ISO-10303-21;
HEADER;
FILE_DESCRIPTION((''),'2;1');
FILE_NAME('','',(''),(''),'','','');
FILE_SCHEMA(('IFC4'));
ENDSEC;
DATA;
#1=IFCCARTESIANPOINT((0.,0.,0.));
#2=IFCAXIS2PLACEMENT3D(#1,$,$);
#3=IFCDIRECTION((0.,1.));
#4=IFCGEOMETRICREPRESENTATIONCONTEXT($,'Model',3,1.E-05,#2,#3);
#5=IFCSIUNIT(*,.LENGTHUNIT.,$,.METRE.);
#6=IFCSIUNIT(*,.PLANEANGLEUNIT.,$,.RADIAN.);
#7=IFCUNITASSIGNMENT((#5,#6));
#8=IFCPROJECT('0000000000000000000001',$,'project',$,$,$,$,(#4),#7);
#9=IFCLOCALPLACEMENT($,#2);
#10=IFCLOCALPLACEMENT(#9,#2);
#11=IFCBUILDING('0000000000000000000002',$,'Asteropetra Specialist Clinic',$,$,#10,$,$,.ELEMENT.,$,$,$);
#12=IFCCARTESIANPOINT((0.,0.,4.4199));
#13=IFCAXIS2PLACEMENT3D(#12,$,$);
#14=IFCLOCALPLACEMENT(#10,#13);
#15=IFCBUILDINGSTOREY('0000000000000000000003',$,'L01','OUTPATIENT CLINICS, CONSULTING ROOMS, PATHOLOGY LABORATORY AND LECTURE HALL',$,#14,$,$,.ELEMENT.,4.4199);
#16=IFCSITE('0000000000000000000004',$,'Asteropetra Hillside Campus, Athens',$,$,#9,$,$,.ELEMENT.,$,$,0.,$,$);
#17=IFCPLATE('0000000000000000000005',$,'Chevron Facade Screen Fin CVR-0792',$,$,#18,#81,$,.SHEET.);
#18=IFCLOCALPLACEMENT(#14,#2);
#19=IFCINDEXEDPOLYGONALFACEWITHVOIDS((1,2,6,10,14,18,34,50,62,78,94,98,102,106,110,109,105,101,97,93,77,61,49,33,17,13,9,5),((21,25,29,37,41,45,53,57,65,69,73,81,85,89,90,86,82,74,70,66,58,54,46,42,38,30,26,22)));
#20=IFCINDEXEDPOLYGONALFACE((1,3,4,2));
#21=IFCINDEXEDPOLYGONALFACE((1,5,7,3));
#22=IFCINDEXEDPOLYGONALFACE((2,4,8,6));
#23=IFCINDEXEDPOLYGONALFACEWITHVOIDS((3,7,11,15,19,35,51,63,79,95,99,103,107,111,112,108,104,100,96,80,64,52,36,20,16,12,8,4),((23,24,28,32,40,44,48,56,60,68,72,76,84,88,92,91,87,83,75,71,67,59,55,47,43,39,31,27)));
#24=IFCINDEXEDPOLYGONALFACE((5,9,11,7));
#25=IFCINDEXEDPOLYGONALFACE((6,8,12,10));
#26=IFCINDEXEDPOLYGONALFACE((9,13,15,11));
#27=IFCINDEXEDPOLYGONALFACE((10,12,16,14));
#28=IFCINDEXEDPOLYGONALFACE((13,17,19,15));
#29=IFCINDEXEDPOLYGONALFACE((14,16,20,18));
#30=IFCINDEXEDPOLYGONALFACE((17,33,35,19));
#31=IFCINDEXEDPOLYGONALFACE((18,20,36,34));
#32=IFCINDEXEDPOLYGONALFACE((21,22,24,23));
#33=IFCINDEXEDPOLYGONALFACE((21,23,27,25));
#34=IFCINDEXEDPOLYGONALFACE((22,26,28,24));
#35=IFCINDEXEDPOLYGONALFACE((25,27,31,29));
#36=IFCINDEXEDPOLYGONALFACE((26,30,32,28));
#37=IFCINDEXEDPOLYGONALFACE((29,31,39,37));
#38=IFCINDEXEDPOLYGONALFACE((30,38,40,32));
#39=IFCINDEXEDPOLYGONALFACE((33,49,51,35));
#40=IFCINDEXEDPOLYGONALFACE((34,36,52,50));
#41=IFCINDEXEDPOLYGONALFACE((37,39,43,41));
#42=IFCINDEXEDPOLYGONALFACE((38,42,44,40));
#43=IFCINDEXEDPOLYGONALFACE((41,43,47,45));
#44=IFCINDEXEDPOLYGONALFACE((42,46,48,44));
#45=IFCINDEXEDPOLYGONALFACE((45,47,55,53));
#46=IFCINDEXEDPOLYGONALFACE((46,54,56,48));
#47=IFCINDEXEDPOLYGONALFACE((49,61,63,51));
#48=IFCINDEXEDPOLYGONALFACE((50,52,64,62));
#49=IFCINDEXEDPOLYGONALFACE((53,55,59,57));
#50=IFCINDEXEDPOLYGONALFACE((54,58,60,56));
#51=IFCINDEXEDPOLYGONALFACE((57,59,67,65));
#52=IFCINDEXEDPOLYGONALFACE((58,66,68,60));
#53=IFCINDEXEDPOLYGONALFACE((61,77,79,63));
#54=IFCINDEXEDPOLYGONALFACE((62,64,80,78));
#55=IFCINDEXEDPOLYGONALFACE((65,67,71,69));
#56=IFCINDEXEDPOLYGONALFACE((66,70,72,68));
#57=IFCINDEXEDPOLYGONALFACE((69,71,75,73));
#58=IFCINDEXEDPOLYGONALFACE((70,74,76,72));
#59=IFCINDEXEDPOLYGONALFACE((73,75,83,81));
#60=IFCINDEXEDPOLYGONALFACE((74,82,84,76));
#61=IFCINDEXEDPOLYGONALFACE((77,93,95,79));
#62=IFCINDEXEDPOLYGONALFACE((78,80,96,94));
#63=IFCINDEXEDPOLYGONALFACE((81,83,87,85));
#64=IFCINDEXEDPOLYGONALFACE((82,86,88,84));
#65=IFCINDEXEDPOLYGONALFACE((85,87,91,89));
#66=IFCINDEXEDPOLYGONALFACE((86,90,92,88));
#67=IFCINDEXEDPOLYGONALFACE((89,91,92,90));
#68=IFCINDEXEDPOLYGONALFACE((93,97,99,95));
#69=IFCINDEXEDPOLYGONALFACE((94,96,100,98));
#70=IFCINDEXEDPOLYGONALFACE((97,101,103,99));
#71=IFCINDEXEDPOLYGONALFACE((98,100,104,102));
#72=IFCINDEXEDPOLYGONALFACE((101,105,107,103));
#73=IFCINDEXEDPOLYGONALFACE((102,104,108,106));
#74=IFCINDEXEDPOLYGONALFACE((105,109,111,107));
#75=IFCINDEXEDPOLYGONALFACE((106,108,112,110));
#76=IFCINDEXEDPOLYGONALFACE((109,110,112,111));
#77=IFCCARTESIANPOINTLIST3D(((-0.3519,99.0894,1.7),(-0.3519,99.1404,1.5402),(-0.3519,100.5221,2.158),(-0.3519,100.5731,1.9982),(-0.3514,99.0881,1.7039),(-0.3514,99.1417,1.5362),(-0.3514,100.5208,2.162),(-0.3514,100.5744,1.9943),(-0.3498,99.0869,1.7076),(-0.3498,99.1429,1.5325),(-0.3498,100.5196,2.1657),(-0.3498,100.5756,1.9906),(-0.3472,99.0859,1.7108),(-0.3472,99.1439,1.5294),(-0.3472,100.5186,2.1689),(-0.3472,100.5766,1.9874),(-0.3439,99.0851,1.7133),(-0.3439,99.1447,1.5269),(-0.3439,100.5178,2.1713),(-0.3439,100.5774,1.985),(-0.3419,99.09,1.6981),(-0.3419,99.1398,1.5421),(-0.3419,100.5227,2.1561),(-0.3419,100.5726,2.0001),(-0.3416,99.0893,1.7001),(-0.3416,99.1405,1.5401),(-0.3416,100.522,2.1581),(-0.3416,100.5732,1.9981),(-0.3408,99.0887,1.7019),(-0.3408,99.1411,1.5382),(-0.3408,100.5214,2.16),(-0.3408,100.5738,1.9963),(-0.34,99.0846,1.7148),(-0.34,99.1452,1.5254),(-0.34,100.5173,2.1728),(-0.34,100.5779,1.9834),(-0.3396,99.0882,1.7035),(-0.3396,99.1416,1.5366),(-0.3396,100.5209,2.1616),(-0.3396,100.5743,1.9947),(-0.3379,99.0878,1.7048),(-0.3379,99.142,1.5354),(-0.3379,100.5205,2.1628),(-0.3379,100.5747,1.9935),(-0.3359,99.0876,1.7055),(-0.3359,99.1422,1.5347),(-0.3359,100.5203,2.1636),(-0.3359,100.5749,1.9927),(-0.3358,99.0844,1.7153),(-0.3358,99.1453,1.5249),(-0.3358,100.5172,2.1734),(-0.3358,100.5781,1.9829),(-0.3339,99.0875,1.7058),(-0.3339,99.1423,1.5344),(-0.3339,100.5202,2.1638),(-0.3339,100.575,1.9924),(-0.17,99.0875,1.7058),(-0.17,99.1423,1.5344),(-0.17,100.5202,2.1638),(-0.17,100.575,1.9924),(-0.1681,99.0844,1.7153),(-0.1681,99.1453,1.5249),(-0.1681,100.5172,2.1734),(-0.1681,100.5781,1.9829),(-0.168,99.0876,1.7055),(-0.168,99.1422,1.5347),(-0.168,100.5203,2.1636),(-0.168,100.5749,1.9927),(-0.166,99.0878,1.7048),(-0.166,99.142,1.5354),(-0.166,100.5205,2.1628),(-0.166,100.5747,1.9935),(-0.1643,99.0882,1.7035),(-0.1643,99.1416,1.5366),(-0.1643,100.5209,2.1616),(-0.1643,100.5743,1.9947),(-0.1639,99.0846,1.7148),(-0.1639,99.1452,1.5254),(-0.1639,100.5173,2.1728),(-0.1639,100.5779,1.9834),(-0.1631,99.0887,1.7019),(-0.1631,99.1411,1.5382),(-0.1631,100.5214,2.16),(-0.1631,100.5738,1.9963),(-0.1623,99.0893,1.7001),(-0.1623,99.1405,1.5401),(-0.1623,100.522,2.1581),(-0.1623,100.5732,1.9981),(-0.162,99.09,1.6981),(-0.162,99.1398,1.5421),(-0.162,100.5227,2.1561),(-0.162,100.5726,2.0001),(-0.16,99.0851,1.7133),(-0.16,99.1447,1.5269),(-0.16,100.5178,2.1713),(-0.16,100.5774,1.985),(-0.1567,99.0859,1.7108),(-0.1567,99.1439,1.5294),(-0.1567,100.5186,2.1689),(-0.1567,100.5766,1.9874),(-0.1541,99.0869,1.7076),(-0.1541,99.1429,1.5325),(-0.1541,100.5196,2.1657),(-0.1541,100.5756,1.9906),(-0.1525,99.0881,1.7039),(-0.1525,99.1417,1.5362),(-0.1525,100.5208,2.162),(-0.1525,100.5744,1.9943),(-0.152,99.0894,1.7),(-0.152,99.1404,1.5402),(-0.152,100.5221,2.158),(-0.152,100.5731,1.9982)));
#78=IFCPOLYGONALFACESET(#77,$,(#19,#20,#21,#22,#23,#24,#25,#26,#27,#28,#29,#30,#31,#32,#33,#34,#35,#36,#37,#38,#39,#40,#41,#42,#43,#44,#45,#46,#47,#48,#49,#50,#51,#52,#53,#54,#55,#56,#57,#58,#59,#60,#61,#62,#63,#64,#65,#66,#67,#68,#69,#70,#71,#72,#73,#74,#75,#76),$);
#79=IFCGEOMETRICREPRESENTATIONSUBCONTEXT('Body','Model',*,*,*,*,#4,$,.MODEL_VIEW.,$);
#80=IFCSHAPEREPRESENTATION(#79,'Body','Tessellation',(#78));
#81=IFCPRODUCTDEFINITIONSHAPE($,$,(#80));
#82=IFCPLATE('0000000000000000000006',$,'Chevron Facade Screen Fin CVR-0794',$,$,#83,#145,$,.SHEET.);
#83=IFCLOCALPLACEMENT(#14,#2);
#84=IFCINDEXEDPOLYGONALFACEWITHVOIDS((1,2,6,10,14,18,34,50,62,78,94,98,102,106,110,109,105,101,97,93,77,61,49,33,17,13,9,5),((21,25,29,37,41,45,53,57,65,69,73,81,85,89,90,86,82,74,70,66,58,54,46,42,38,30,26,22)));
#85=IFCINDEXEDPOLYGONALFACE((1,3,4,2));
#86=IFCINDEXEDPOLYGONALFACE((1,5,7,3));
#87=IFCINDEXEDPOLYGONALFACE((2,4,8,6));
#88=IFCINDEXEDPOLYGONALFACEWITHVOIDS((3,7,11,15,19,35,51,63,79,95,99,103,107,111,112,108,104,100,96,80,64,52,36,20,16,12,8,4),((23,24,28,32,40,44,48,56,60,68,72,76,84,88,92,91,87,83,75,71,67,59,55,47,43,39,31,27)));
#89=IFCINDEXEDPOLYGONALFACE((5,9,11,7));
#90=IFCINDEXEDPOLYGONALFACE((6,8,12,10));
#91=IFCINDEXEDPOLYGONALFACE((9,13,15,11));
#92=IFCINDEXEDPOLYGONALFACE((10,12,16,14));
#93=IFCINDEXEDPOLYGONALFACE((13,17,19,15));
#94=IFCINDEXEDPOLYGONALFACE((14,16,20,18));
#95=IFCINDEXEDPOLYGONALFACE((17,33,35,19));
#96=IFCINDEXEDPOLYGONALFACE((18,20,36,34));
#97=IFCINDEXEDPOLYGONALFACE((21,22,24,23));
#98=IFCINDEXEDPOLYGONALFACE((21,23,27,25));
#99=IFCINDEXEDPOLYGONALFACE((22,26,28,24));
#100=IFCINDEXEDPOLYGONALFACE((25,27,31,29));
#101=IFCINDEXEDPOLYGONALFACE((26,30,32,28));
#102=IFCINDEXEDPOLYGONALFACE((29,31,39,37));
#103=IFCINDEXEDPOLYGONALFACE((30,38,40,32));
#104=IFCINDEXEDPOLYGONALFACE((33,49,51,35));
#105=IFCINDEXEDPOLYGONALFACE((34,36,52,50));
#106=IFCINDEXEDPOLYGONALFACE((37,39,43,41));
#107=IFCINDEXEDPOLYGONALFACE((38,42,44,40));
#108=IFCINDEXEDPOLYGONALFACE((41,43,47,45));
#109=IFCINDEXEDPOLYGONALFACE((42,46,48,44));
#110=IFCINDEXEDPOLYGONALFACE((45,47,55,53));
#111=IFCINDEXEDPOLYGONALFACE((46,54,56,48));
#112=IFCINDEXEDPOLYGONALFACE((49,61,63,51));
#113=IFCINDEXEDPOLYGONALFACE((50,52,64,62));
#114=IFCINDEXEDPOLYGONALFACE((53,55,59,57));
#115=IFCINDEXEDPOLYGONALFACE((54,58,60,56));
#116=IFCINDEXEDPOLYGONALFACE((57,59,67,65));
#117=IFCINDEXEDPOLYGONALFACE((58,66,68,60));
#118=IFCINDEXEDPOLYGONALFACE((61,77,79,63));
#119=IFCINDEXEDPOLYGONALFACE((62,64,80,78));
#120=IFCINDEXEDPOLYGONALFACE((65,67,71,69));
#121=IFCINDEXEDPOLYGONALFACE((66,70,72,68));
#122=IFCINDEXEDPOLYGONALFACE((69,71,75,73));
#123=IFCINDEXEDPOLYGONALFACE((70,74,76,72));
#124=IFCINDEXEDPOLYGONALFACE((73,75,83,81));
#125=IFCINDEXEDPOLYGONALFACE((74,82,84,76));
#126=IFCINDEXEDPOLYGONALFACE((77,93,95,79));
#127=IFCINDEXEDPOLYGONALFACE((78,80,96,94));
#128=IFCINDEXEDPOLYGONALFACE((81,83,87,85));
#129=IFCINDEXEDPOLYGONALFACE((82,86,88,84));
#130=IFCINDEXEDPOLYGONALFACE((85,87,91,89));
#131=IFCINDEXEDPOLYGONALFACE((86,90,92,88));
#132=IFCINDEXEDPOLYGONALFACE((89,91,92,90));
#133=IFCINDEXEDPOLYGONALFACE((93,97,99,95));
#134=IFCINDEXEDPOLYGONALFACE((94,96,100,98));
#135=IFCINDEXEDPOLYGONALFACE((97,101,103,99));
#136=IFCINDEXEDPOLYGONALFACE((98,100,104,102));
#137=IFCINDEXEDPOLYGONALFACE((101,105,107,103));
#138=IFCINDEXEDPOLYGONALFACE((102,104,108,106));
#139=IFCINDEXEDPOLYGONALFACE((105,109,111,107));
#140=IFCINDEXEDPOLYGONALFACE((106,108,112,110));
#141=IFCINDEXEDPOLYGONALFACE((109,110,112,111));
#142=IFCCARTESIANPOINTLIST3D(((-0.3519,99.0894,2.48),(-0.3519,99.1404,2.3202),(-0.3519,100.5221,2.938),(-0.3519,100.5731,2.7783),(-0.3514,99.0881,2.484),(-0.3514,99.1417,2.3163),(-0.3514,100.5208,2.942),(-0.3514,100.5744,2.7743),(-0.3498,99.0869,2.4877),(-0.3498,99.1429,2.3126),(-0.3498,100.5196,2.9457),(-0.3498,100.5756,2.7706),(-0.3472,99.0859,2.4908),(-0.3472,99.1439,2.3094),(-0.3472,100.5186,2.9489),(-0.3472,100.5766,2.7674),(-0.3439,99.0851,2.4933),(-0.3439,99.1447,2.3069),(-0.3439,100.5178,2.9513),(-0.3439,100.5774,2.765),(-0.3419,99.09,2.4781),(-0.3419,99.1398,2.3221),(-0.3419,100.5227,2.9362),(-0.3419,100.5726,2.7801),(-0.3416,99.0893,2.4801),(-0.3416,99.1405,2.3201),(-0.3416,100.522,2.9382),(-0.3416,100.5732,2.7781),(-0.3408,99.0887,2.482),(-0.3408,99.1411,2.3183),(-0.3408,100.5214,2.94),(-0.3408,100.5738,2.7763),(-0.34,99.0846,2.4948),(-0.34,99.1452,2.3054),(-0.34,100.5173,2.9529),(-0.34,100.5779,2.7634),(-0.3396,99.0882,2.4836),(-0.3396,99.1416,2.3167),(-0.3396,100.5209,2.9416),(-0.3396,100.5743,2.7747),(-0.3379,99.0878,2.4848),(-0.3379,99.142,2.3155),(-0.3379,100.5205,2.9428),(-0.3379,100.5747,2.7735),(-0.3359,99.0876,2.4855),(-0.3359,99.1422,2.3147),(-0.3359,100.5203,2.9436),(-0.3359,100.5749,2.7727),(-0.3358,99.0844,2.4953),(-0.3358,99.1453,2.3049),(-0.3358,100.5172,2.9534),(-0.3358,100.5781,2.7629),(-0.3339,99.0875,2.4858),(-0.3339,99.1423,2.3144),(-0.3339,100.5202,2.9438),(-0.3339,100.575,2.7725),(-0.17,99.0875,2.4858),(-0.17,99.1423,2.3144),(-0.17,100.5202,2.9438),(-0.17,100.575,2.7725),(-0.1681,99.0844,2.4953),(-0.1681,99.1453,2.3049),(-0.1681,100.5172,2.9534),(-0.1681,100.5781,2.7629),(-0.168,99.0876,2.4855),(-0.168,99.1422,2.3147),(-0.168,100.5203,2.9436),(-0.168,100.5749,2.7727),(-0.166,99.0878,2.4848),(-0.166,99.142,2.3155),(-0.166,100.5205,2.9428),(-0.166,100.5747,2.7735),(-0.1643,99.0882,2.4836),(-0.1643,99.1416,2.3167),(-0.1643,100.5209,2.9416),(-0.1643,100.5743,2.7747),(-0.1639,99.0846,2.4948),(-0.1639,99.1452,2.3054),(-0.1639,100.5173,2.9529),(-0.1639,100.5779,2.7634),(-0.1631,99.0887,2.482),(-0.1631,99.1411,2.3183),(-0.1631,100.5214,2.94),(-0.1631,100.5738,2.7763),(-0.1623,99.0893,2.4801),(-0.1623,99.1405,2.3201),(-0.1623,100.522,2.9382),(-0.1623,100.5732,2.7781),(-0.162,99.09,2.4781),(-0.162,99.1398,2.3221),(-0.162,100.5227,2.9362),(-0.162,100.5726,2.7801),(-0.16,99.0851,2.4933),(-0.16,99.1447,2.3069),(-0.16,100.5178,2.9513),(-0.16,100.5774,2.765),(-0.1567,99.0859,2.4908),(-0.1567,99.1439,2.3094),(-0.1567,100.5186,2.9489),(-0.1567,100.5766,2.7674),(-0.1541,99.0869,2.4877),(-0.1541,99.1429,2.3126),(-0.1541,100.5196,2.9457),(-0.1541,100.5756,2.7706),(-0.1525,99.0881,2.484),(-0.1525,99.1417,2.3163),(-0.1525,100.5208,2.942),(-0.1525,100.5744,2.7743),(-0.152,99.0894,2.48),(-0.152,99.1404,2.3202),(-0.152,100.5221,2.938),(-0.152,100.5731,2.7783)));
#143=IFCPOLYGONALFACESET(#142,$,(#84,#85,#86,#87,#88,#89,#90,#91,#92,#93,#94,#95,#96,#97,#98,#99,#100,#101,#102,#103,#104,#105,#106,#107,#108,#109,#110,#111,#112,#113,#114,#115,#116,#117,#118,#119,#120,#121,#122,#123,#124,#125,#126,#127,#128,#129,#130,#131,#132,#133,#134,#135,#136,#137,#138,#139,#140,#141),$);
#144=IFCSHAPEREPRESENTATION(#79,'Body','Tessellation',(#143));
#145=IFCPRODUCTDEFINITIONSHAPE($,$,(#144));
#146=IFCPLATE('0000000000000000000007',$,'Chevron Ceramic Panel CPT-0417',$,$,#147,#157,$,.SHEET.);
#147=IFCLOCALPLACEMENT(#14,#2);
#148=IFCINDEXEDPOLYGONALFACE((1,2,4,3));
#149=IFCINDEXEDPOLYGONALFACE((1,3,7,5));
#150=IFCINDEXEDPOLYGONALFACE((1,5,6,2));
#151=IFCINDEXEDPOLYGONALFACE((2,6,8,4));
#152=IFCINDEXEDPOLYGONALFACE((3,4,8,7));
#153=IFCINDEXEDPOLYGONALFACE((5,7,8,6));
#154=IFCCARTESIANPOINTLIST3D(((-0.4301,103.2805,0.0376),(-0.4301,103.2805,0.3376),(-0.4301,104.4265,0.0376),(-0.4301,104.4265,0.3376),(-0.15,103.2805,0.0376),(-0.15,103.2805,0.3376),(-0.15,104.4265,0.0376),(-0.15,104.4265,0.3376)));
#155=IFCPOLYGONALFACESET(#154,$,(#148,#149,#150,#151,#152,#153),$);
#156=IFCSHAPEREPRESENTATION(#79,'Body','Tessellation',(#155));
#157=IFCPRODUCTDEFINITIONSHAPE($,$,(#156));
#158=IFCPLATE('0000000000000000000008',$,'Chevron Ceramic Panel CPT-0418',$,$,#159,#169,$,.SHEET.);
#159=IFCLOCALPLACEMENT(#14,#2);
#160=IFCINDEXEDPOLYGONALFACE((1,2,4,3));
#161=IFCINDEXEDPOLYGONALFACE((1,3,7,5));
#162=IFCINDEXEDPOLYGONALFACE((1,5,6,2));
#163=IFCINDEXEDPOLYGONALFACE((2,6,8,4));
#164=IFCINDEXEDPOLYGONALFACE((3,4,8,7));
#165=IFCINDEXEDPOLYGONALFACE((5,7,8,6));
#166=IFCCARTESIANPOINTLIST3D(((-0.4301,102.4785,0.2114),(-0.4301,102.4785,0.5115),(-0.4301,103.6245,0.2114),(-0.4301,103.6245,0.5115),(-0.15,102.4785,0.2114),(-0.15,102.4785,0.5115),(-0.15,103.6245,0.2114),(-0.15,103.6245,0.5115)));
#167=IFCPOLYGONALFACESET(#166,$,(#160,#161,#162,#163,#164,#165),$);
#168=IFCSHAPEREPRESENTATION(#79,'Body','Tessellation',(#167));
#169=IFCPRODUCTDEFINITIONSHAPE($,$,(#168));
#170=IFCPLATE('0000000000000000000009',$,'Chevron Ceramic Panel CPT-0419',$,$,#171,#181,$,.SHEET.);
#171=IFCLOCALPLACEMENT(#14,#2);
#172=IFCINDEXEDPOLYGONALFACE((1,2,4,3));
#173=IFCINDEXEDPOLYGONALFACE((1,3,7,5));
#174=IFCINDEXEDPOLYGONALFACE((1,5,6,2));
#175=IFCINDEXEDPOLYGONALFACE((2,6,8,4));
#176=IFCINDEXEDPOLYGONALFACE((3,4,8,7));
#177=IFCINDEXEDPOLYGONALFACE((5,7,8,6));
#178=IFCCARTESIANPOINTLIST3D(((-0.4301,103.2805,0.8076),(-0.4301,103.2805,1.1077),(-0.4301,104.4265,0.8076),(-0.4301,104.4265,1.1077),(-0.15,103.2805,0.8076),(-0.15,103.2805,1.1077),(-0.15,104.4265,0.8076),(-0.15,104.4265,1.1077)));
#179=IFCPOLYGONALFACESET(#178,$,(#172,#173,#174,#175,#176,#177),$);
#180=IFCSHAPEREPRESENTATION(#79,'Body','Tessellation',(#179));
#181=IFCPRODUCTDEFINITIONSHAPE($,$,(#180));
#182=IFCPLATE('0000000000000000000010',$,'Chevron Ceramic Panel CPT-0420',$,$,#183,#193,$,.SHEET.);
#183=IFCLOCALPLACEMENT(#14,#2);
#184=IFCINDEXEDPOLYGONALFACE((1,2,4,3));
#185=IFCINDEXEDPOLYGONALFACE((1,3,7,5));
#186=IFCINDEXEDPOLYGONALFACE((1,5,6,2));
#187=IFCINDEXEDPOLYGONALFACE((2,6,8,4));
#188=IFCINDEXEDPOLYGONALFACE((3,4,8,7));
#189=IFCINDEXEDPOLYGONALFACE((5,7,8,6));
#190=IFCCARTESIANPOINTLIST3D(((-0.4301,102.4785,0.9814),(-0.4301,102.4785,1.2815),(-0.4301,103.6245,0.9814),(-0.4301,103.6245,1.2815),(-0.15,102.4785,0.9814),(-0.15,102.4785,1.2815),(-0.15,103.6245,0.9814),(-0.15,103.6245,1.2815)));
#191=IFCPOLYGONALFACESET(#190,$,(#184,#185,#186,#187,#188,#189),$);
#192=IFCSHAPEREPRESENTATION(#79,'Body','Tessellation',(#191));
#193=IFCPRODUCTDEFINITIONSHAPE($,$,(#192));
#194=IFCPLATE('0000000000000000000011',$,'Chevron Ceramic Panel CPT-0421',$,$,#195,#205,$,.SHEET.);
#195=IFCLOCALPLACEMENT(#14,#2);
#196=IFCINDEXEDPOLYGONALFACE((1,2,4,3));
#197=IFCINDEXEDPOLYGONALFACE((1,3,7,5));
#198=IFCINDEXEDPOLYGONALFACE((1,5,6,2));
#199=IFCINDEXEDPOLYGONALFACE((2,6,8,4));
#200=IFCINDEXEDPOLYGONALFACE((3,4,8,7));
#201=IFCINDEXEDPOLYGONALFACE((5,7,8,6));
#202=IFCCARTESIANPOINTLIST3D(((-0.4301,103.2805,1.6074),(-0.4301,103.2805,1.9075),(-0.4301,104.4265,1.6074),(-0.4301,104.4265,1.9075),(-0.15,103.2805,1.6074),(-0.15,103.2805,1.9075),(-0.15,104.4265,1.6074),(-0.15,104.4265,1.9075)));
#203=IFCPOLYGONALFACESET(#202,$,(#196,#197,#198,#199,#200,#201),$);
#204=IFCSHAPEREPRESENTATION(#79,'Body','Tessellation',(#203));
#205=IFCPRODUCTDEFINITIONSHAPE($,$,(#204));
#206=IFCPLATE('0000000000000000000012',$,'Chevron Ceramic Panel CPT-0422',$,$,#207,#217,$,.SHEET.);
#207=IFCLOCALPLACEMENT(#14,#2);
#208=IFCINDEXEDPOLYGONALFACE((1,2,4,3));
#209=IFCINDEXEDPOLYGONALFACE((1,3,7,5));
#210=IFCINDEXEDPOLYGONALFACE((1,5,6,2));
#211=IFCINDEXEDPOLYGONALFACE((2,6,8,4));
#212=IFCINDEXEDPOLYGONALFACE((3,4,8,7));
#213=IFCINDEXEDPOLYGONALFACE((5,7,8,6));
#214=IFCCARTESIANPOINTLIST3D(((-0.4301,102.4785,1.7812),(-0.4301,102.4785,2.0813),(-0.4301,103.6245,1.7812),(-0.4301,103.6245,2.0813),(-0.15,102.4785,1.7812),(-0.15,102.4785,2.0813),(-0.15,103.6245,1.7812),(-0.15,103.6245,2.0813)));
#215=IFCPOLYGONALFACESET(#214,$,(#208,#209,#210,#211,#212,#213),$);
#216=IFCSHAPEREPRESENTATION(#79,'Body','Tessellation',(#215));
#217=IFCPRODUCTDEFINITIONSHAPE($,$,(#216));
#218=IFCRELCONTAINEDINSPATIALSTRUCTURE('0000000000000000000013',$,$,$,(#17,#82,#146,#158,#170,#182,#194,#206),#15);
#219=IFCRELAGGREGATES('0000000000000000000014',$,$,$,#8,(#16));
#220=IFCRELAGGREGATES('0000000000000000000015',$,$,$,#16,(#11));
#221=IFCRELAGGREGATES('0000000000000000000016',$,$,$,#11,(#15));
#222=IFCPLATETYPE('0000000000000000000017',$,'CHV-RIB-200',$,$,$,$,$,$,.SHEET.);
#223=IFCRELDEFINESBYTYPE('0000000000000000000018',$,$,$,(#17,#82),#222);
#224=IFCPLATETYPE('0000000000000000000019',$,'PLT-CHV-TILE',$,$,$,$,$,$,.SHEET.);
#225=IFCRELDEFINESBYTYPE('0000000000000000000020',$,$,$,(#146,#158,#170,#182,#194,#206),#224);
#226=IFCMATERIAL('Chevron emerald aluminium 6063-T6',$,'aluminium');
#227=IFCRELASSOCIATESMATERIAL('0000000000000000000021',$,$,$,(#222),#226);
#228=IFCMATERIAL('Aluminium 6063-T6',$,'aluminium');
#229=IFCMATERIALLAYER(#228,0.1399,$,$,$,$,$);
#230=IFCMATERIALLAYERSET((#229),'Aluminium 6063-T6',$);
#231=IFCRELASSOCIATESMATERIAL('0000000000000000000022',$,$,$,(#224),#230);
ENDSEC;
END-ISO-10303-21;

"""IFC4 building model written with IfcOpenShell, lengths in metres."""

from ifc_helpers import new_model, si_unit, direction, frame, origin, origin_2d, place, context, subcontext, project, spatial, rectangle, hollow_rectangle, extrude, material, layer, layer_set, material_profile, profile_set, type_object, element, save


model = new_model("IFC4")

# Units and contexts
model_context = context("Model", 3, precision=1e-05, world=origin(), true_north=direction((0.0, 1.0)))
body_context = subcontext(model_context, "Body", "Model", "MODEL_VIEW")
ifc_project = project(units=[si_unit("LENGTHUNIT", "METRE"), si_unit("PLANEANGLEUNIT", "RADIAN")], contexts=[model_context])

# Site, building, storey
site_placement = place(None, origin())
site = spatial("IfcSite", under=ifc_project, at=site_placement, Name="Asteropetra Hillside Campus, Athens", CompositionType="ELEMENT", RefElevation=0.0)
building_placement = place(site_placement, origin())
building = spatial("IfcBuilding", under=site, at=building_placement, Name="Asteropetra Specialist Clinic", CompositionType="ELEMENT")
storey_placement = place(building_placement, frame((0.0, 0.0, 4.4199)))
storey = spatial("IfcBuildingStorey", under=building, at=storey_placement, Name="L01", Description="OUTPATIENT CLINICS, CONSULTING ROOMS, PATHOLOGY LABORATORY AND LECTURE HALL", CompositionType="ELEMENT", Elevation=4.4199)

# Plates
ifc_material_1 = material(Name="Chevron emerald aluminium 6063-T6", Category="aluminium")
ifc_material_profile = material_profile(ifc_material_1, hollow_rectangle(XDim=0.2, YDim=0.2, WallThickness=0.01, InnerFilletRadius=0.0081, OuterFilletRadius=0.0161, at=origin_2d()), Name="SHS 200x200x10.0")
ifc_profile_set = profile_set([ifc_material_profile], Name="Chevron emerald aluminium 6063-T6")
plate_type_1 = type_object("IfcPlateType", Name="CHV-RIB-200", PredefinedType="SHEET", material=ifc_profile_set)
for number, where, z_axis, x_axis, name in (
    (1, (-0.252, 100.5476, 2.0781), (0.0, -0.952507, -0.304517), (1.0, 0.0, 0.0), "Chevron Facade Screen Fin CVR-0792"),
    (2, (-0.252, 100.5476, 2.8582), (0.0, -0.952507, -0.304517), (1.0, 0.0, 0.0), "Chevron Facade Screen Fin CVR-0794"),
):
    element("IfcPlate", number, at=place(storey_placement, frame(where, z_axis=z_axis, x_axis=x_axis)), inside=storey, type_object=plate_type_1, Name=name, PredefinedType="SHEET", context=body_context, shape_type="SweptSolid", body=[
        extrude(hollow_rectangle(XDim=0.2, YDim=0.2, WallThickness=0.01, InnerFilletRadius=0.0081, OuterFilletRadius=0.0161, at=origin_2d()), origin(), (0.0, 0.0, 1.0), 1.5042),
    ])
ifc_material_2 = material(Name="Aluminium 6063-T6", Category="aluminium")
ifc_layer_1 = layer(ifc_material_2, 0.1399)
ifc_layer_set_1 = layer_set([ifc_layer_1], Name="Aluminium 6063-T6")
plate_type_2 = type_object("IfcPlateType", Name="PLT-CHV-TILE", PredefinedType="SHEET", material=ifc_layer_set_1)
for number, where, z_axis, x_axis, name in (
    (3, (-0.29, 103.8535, 0.0376), (0.0, 0.0, 1.0), (1.0, 0.0, 0.0), "Chevron Ceramic Panel CPT-0417"),
    (4, (-0.29, 103.0515, 0.2114), (0.0, 0.0, 1.0), (1.0, 0.0, 0.0), "Chevron Ceramic Panel CPT-0418"),
    (5, (-0.29, 103.8535, 0.8076), (0.0, 0.0, 1.0), (1.0, 0.0, 0.0), "Chevron Ceramic Panel CPT-0419"),
    (6, (-0.29, 103.0515, 0.9814), (0.0, 0.0, 1.0), (1.0, 0.0, 0.0), "Chevron Ceramic Panel CPT-0420"),
    (7, (-0.29, 103.8535, 1.6074), (0.0, 0.0, 1.0), (1.0, 0.0, 0.0), "Chevron Ceramic Panel CPT-0421"),
    (8, (-0.29, 103.0515, 1.7812), (0.0, 0.0, 1.0), (1.0, 0.0, 0.0), "Chevron Ceramic Panel CPT-0422"),
):
    element("IfcPlate", number, at=place(storey_placement, frame(where, z_axis=z_axis, x_axis=x_axis)), inside=storey, type_object=plate_type_2, Name=name, PredefinedType="SHEET", context=body_context, shape_type="SweptSolid", body=[
        extrude(rectangle(XDim=0.28, YDim=1.146, at=origin_2d()), origin(), (0.0, 0.0, 1.0), 0.3),
    ])

save(model, "model.ifc")
